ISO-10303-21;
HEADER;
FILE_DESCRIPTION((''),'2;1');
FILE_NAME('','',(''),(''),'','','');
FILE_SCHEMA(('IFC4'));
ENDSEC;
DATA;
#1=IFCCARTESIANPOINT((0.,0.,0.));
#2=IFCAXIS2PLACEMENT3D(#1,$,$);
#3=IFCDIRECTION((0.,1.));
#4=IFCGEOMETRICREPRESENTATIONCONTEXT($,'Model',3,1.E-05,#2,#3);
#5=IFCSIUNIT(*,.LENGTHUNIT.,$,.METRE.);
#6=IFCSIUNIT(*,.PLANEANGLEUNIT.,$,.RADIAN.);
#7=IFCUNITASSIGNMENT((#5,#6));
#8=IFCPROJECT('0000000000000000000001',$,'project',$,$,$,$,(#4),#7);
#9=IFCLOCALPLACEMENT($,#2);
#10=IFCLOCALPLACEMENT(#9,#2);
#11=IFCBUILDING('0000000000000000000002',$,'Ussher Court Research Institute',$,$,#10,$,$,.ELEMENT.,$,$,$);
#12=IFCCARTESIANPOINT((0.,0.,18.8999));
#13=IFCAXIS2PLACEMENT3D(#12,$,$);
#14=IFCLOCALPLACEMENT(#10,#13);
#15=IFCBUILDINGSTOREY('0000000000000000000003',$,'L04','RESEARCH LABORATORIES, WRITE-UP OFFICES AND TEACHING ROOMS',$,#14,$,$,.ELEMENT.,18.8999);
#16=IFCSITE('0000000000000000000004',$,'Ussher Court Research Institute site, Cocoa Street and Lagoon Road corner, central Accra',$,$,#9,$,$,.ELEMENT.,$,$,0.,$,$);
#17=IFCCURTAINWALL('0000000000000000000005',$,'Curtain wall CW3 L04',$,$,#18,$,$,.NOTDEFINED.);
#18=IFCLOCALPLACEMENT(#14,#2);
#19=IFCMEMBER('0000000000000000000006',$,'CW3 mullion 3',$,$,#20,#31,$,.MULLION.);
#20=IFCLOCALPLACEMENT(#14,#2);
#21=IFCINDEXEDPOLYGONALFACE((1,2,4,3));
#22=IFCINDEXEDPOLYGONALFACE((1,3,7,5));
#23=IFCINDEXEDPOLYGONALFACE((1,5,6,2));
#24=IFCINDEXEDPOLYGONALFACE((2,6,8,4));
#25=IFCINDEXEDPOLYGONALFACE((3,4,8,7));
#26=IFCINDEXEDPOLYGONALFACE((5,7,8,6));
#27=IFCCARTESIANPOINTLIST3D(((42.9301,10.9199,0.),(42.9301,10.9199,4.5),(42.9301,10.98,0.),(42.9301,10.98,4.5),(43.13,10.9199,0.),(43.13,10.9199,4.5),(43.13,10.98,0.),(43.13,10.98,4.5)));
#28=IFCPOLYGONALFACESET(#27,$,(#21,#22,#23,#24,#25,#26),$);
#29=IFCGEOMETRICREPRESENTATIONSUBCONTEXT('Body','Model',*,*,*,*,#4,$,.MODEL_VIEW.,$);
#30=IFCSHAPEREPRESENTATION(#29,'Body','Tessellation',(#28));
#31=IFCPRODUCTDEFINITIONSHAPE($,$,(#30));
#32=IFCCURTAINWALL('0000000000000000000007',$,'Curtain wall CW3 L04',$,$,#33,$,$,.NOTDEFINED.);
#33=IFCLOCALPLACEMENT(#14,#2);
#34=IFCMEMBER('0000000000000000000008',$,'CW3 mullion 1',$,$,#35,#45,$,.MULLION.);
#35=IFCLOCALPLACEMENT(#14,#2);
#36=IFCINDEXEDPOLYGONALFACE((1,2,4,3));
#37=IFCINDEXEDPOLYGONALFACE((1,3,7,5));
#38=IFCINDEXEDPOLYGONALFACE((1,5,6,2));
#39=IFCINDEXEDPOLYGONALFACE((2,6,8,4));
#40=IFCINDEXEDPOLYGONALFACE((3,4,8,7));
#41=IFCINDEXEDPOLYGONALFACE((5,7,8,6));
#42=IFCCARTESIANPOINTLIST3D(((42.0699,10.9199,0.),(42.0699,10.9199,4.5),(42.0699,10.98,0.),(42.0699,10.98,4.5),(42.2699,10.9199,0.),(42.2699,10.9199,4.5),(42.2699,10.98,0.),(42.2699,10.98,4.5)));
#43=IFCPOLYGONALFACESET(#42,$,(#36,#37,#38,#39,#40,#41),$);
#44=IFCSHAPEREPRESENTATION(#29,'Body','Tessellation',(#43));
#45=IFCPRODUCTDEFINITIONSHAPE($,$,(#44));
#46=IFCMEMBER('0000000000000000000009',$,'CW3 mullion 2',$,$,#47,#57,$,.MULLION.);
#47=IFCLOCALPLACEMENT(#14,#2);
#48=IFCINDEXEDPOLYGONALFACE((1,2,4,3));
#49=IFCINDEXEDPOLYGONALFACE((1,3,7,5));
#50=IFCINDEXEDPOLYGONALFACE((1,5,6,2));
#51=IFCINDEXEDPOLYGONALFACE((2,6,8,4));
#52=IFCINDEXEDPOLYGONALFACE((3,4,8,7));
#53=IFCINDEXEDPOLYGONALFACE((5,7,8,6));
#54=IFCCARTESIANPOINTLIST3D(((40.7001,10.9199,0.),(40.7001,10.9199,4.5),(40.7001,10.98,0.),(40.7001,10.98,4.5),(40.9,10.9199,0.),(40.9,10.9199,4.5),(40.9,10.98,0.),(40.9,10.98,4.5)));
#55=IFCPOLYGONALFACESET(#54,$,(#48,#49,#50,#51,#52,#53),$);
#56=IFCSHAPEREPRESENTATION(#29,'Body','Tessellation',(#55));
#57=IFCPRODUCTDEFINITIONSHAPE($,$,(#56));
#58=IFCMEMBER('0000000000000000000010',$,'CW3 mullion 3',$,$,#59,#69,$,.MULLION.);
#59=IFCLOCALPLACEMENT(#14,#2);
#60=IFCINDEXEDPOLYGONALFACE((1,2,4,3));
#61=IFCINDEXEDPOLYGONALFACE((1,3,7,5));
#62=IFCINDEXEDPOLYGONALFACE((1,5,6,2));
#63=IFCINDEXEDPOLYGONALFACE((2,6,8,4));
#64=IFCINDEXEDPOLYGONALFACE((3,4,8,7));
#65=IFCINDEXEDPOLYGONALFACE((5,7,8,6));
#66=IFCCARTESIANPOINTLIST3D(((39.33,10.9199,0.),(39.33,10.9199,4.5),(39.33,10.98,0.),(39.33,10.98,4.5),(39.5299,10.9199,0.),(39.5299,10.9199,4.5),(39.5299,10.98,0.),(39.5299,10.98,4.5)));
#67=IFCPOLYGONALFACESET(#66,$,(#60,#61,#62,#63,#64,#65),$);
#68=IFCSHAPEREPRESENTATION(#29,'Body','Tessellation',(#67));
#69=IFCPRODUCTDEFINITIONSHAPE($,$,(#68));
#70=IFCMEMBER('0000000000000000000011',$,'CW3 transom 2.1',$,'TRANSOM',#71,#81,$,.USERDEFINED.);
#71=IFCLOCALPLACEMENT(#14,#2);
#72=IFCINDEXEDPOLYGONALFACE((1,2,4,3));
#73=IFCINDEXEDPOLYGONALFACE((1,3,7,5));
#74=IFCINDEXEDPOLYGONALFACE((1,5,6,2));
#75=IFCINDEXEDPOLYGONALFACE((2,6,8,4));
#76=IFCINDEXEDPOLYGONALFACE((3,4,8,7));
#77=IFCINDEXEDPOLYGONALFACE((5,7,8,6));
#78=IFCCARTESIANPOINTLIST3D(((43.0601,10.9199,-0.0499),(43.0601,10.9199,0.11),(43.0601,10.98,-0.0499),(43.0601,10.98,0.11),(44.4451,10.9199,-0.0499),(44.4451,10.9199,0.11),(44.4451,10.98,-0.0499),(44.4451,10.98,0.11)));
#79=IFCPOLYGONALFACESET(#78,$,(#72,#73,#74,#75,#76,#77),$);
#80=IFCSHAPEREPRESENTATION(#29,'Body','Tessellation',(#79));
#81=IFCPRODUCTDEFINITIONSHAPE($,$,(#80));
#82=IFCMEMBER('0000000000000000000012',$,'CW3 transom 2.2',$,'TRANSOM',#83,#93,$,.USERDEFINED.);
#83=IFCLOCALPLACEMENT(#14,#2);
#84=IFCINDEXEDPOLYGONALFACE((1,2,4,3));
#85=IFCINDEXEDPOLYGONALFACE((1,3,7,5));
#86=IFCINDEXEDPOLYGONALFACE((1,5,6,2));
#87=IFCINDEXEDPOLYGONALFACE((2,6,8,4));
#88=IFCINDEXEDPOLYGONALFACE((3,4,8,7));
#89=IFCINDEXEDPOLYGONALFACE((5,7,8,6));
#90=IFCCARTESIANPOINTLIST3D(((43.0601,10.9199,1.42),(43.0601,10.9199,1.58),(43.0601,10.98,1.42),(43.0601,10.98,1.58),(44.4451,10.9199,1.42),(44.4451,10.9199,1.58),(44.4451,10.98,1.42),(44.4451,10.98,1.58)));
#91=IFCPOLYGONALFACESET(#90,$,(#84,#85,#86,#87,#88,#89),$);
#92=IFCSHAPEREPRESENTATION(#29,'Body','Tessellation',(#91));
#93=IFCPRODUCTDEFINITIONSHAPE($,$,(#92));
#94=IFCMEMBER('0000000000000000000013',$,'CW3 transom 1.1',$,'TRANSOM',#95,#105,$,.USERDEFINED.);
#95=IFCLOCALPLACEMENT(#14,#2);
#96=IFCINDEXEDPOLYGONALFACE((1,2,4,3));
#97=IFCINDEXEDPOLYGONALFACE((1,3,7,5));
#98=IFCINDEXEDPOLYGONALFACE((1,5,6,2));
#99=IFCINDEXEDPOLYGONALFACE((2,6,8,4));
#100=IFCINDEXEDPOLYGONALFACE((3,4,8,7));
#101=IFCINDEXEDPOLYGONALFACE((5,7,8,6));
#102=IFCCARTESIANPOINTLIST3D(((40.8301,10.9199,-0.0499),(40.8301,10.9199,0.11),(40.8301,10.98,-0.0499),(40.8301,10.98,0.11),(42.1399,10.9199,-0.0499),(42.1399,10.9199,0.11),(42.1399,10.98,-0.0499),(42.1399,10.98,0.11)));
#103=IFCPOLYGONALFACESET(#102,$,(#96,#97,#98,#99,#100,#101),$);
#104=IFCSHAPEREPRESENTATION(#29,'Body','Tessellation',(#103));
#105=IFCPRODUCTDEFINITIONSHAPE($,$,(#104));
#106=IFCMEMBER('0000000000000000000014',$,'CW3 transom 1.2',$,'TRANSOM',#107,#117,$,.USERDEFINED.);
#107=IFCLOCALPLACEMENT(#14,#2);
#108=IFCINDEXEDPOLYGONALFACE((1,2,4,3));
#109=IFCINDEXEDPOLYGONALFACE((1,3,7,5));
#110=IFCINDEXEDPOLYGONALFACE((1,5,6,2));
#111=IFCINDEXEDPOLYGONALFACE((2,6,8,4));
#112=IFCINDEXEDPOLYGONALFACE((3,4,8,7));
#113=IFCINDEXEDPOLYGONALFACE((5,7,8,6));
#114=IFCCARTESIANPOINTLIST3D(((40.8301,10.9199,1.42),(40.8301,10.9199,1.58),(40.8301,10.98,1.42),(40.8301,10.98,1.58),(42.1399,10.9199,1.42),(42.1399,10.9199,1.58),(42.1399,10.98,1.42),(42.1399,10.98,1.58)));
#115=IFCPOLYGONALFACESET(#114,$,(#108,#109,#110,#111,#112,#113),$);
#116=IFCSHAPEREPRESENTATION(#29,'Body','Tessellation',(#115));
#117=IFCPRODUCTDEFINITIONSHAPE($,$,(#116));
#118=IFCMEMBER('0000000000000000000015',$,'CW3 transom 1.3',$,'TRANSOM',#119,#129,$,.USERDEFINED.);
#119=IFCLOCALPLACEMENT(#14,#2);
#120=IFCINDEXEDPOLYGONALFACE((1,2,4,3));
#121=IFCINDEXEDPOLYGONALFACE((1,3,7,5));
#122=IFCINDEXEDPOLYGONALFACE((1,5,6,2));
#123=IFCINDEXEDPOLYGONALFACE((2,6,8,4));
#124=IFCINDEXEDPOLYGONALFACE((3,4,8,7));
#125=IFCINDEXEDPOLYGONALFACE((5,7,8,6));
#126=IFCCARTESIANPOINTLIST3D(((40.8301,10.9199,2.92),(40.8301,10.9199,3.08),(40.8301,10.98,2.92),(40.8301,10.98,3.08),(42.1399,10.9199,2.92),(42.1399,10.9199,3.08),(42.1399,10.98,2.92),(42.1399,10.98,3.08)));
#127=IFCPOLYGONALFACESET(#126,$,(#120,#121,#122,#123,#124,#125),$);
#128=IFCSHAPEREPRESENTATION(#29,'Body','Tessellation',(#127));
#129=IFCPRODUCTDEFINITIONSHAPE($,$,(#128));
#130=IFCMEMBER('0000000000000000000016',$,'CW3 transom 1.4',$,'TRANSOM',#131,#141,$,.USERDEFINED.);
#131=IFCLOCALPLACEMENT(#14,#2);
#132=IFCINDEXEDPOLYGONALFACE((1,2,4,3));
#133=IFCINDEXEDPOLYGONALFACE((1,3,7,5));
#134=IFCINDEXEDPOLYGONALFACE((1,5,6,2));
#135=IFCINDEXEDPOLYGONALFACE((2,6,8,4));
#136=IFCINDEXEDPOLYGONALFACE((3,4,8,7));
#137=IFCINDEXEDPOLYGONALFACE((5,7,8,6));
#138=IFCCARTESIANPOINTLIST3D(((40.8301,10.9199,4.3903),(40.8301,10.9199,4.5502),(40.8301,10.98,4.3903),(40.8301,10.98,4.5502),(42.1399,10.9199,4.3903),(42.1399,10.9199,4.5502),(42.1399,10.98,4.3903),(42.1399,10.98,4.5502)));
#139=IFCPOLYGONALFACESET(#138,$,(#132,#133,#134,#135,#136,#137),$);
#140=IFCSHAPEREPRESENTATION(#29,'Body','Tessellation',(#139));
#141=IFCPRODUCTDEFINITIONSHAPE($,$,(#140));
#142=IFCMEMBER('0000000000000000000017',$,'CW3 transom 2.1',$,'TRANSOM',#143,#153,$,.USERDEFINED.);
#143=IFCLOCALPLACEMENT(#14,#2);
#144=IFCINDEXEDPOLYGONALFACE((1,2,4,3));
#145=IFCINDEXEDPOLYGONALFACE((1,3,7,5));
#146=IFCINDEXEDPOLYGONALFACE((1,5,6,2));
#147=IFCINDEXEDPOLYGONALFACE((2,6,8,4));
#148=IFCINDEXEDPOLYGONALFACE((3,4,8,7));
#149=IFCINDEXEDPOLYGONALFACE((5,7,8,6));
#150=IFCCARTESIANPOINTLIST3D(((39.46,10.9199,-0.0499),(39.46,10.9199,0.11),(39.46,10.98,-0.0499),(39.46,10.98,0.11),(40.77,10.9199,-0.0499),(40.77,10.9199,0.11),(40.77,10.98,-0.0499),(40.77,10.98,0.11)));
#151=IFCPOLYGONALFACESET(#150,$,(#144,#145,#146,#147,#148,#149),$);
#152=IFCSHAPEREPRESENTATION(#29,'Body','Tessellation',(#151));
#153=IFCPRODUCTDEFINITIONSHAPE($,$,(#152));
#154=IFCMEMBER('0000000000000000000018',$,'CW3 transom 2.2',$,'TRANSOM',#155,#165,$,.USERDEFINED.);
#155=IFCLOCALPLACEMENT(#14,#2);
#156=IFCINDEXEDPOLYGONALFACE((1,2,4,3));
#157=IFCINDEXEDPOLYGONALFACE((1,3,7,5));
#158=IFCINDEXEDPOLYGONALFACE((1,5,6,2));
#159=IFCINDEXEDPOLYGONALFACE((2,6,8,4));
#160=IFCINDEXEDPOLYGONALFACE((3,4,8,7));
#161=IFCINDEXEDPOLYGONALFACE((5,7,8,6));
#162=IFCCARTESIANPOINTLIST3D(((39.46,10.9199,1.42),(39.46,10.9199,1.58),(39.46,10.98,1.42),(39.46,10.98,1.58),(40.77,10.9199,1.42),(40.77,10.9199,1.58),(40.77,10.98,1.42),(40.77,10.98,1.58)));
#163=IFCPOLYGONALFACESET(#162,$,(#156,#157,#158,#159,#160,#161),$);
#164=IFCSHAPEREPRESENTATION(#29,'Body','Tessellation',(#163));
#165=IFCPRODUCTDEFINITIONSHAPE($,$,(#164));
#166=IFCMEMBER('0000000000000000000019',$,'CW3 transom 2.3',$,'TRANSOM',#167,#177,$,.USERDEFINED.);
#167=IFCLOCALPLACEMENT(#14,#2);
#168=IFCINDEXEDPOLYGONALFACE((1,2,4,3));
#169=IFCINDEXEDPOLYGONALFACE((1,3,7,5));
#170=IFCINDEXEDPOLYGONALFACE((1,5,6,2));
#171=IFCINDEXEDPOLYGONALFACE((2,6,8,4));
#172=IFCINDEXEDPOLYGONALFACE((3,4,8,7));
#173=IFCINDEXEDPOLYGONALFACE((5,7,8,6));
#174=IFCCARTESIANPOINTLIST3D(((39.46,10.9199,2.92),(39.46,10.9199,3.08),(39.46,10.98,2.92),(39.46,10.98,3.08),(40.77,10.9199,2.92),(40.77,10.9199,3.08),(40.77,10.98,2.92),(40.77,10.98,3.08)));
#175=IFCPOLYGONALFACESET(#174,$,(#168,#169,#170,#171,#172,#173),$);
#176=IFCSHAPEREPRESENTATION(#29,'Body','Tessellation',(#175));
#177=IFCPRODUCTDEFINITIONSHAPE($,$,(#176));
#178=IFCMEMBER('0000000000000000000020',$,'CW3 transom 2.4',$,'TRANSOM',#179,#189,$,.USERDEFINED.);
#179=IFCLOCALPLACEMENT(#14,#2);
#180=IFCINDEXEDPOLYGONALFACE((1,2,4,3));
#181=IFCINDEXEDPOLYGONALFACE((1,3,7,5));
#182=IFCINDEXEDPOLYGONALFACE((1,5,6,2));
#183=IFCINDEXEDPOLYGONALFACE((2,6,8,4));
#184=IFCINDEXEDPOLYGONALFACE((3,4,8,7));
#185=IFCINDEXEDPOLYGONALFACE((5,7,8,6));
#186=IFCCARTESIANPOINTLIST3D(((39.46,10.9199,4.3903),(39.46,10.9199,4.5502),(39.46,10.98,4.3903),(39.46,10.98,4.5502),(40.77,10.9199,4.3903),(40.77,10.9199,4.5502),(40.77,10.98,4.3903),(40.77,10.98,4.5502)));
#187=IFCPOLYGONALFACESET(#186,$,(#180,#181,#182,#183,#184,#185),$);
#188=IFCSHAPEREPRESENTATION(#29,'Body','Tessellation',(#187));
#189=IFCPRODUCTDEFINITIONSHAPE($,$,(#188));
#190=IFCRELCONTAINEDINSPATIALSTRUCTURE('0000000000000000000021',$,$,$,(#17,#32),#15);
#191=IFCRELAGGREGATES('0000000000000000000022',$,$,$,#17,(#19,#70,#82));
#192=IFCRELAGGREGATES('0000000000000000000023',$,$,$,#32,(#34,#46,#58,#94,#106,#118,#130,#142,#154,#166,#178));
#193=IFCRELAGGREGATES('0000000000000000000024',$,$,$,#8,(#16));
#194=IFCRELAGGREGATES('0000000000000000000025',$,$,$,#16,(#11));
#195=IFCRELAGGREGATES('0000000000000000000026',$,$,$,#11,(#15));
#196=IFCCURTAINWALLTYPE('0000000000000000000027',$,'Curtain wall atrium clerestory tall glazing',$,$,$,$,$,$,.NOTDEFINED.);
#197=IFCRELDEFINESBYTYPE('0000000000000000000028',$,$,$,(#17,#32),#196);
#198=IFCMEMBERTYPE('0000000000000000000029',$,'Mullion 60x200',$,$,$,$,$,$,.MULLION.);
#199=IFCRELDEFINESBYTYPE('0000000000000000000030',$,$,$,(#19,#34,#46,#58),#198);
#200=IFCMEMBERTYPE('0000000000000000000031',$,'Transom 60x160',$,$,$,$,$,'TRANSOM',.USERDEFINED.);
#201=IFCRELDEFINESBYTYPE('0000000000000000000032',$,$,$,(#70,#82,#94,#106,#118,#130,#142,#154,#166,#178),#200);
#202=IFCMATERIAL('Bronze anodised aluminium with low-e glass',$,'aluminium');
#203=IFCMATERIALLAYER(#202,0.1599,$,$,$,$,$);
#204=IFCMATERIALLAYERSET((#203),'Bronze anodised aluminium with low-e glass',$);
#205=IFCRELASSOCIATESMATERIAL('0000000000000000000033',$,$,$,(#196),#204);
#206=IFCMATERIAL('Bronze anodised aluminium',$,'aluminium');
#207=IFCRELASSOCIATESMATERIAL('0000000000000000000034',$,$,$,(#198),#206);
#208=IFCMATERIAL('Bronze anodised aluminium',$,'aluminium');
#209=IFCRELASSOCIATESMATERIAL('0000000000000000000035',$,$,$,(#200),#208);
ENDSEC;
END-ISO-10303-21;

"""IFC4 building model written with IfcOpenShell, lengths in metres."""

from ifc_helpers import new_model, si_unit, direction, frame, origin, origin_2d, place, context, subcontext, project, spatial, rectangle, extrude, material, layer, layer_set, material_profile, profile_set, type_object, element, aggregate, save


model = new_model("IFC4")

# Units and contexts
model_context = context("Model", 3, precision=1e-05, world=origin(), true_north=direction((0.0, 1.0)))
body_context = subcontext(model_context, "Body", "Model", "MODEL_VIEW")
ifc_project = project(units=[si_unit("LENGTHUNIT", "METRE"), si_unit("PLANEANGLEUNIT", "RADIAN")], contexts=[model_context])

# Site, building, storey
site_placement = place(None, origin())
site = spatial("IfcSite", under=ifc_project, at=site_placement, Name="Ussher Court Research Institute site, Cocoa Street and Lagoon Road corner, central Accra", CompositionType="ELEMENT", RefElevation=0.0)
building_placement = place(site_placement, origin())
building = spatial("IfcBuilding", under=site, at=building_placement, Name="Ussher Court Research Institute", CompositionType="ELEMENT")
storey_placement = place(building_placement, frame((0.0, 0.0, 18.8999)))
storey = spatial("IfcBuildingStorey", under=building, at=storey_placement, Name="L04", Description="RESEARCH LABORATORIES, WRITE-UP OFFICES AND TEACHING ROOMS", CompositionType="ELEMENT", Elevation=18.8999)

# Curtain wall, member
ifc_material_1 = material(Name="Bronze anodised aluminium with low-e glass", Category="aluminium")
ifc_layer_1 = layer(ifc_material_1, 0.1599)
ifc_layer_set_1 = layer_set([ifc_layer_1], Name="Bronze anodised aluminium with low-e glass")
curtain_wall_type = type_object("IfcCurtainWallType", Name="Curtain wall atrium clerestory tall glazing", PredefinedType="NOTDEFINED", material=ifc_layer_set_1)
curtain_wall_1_placement = place(storey_placement, origin())
curtain_wall_1 = element("IfcCurtainWall", 1, at=curtain_wall_1_placement, inside=storey, type_object=curtain_wall_type, Name="Curtain wall CW3 L04", PredefinedType="NOTDEFINED")
ifc_material_2 = material(Name="Bronze anodised aluminium", Category="aluminium")
ifc_material_profile_1 = material_profile(ifc_material_2, rectangle(XDim=0.0601, YDim=0.2, at=origin_2d()), Name="Mullion 60x200")
ifc_profile_set_1 = profile_set([ifc_material_profile_1], Name="Bronze anodised aluminium")
member_type_1 = type_object("IfcMemberType", Name="Mullion 60x200", PredefinedType="MULLION", material=ifc_profile_set_1)
member_1_placement = place(storey_placement, frame((43.03, 10.95, 0.0), z_axis=(0.0, 0.0, 1.0), x_axis=(0.0, -1.0, 0.0)))
member_1 = element("IfcMember", 2, at=member_1_placement, type_object=member_type_1, Name="CW3 mullion 3", PredefinedType="MULLION", context=body_context, shape_type="SweptSolid", body=[
    extrude(rectangle(XDim=0.0601, YDim=0.2, at=origin_2d()), origin(), (0.0, 0.0, 1.0), 4.5),
])

# Curtain wall, members
curtain_wall_2_placement = place(storey_placement, origin())
curtain_wall_2 = element("IfcCurtainWall", 3, at=curtain_wall_2_placement, inside=storey, type_object=curtain_wall_type, Name="Curtain wall CW3 L04", PredefinedType="NOTDEFINED")
member_2_placement = place(storey_placement, frame((42.1699, 10.95, 0.0), z_axis=(0.0, 0.0, 1.0), x_axis=(0.0, -1.0, 0.0)))
member_2 = element("IfcMember", 4, at=member_2_placement, type_object=member_type_1, Name="CW3 mullion 1", PredefinedType="MULLION", context=body_context, shape_type="SweptSolid", body=[
    extrude(rectangle(XDim=0.0601, YDim=0.2, at=origin_2d()), origin(), (0.0, 0.0, 1.0), 4.5),
])
member_3_placement = place(storey_placement, frame((40.8, 10.95, 0.0), z_axis=(0.0, 0.0, 1.0), x_axis=(0.0, -1.0, 0.0)))
member_3 = element("IfcMember", 5, at=member_3_placement, type_object=member_type_1, Name="CW3 mullion 2", PredefinedType="MULLION", context=body_context, shape_type="SweptSolid", body=[
    extrude(rectangle(XDim=0.0601, YDim=0.2, at=origin_2d()), origin(), (0.0, 0.0, 1.0), 4.5),
])
member_4_placement = place(storey_placement, frame((39.4299, 10.95, 0.0), z_axis=(0.0, 0.0, 1.0), x_axis=(0.0, -1.0, 0.0)))
member_4 = element("IfcMember", 6, at=member_4_placement, type_object=member_type_1, Name="CW3 mullion 3", PredefinedType="MULLION", context=body_context, shape_type="SweptSolid", body=[
    extrude(rectangle(XDim=0.0601, YDim=0.2, at=origin_2d()), origin(), (0.0, 0.0, 1.0), 4.5),
])

# Members
ifc_material_3 = material(Name="Bronze anodised aluminium", Category="aluminium")
ifc_material_profile_2 = material_profile(ifc_material_3, rectangle(XDim=0.0601, YDim=0.1599, at=origin_2d()), Name="Transom 60x160")
ifc_profile_set_2 = profile_set([ifc_material_profile_2], Name="Bronze anodised aluminium")
member_type_2 = type_object("IfcMemberType", Name="Transom 60x160", ElementType="TRANSOM", PredefinedType="USERDEFINED", material=ifc_profile_set_2)
member_5_placement = place(storey_placement, frame((44.4451, 10.95, 0.03), z_axis=(-1.0, 0.0, 0.0), x_axis=(0.0, -1.0, 0.0)))
member_5 = element("IfcMember", 7, at=member_5_placement, type_object=member_type_2, Name="CW3 transom 2.1", ObjectType="TRANSOM", PredefinedType="USERDEFINED", context=body_context, shape_type="SweptSolid", body=[
    extrude(rectangle(XDim=0.0601, YDim=0.1599, at=origin_2d()), origin(), (0.0, 0.0, 1.0), 1.385),
])
member_6_placement = place(storey_placement, frame((44.4451, 10.95, 1.5), z_axis=(-1.0, 0.0, 0.0), x_axis=(0.0, -1.0, 0.0)))
member_6 = element("IfcMember", 8, at=member_6_placement, type_object=member_type_2, Name="CW3 transom 2.2", ObjectType="TRANSOM", PredefinedType="USERDEFINED", context=body_context, shape_type="SweptSolid", body=[
    extrude(rectangle(XDim=0.0601, YDim=0.1599, at=origin_2d()), origin(), (0.0, 0.0, 1.0), 1.385),
])
member_7_placement = place(storey_placement, frame((42.1399, 10.95, 0.03), z_axis=(-1.0, 0.0, 0.0), x_axis=(0.0, -1.0, 0.0)))
member_7 = element("IfcMember", 9, at=member_7_placement, type_object=member_type_2, Name="CW3 transom 1.1", ObjectType="TRANSOM", PredefinedType="USERDEFINED", context=body_context, shape_type="SweptSolid", body=[
    extrude(rectangle(XDim=0.0601, YDim=0.1599, at=origin_2d()), origin(), (0.0, 0.0, 1.0), 1.3098),
])
member_8_placement = place(storey_placement, frame((42.1399, 10.95, 1.5), z_axis=(-1.0, 0.0, 0.0), x_axis=(0.0, -1.0, 0.0)))
member_8 = element("IfcMember", 10, at=member_8_placement, type_object=member_type_2, Name="CW3 transom 1.2", ObjectType="TRANSOM", PredefinedType="USERDEFINED", context=body_context, shape_type="SweptSolid", body=[
    extrude(rectangle(XDim=0.0601, YDim=0.1599, at=origin_2d()), origin(), (0.0, 0.0, 1.0), 1.3098),
])
member_9_placement = place(storey_placement, frame((42.1399, 10.95, 3.0), z_axis=(-1.0, 0.0, 0.0), x_axis=(0.0, -1.0, 0.0)))
member_9 = element("IfcMember", 11, at=member_9_placement, type_object=member_type_2, Name="CW3 transom 1.3", ObjectType="TRANSOM", PredefinedType="USERDEFINED", context=body_context, shape_type="SweptSolid", body=[
    extrude(rectangle(XDim=0.0601, YDim=0.1599, at=origin_2d()), origin(), (0.0, 0.0, 1.0), 1.3098),
])
member_10_placement = place(storey_placement, frame((42.1399, 10.95, 4.4702), z_axis=(-1.0, 0.0, 0.0), x_axis=(0.0, -1.0, 0.0)))
member_10 = element("IfcMember", 12, at=member_10_placement, type_object=member_type_2, Name="CW3 transom 1.4", ObjectType="TRANSOM", PredefinedType="USERDEFINED", context=body_context, shape_type="SweptSolid", body=[
    extrude(rectangle(XDim=0.0601, YDim=0.1599, at=origin_2d()), origin(), (0.0, 0.0, 1.0), 1.3098),
])
member_11_placement = place(storey_placement, frame((40.77, 10.95, 0.03), z_axis=(-1.0, 0.0, 0.0), x_axis=(0.0, -1.0, 0.0)))
member_11 = element("IfcMember", 13, at=member_11_placement, type_object=member_type_2, Name="CW3 transom 2.1", ObjectType="TRANSOM", PredefinedType="USERDEFINED", context=body_context, shape_type="SweptSolid", body=[
    extrude(rectangle(XDim=0.0601, YDim=0.1599, at=origin_2d()), origin(), (0.0, 0.0, 1.0), 1.3101),
])
member_12_placement = place(storey_placement, frame((40.77, 10.95, 1.5), z_axis=(-1.0, 0.0, 0.0), x_axis=(0.0, -1.0, 0.0)))
member_12 = element("IfcMember", 14, at=member_12_placement, type_object=member_type_2, Name="CW3 transom 2.2", ObjectType="TRANSOM", PredefinedType="USERDEFINED", context=body_context, shape_type="SweptSolid", body=[
    extrude(rectangle(XDim=0.0601, YDim=0.1599, at=origin_2d()), origin(), (0.0, 0.0, 1.0), 1.3101),
])
member_13_placement = place(storey_placement, frame((40.77, 10.95, 3.0), z_axis=(-1.0, 0.0, 0.0), x_axis=(0.0, -1.0, 0.0)))
member_13 = element("IfcMember", 15, at=member_13_placement, type_object=member_type_2, Name="CW3 transom 2.3", ObjectType="TRANSOM", PredefinedType="USERDEFINED", context=body_context, shape_type="SweptSolid", body=[
    extrude(rectangle(XDim=0.0601, YDim=0.1599, at=origin_2d()), origin(), (0.0, 0.0, 1.0), 1.3101),
])
member_14_placement = place(storey_placement, frame((40.77, 10.95, 4.4702), z_axis=(-1.0, 0.0, 0.0), x_axis=(0.0, -1.0, 0.0)))
member_14 = element("IfcMember", 16, at=member_14_placement, type_object=member_type_2, Name="CW3 transom 2.4", ObjectType="TRANSOM", PredefinedType="USERDEFINED", context=body_context, shape_type="SweptSolid", body=[
    extrude(rectangle(XDim=0.0601, YDim=0.1599, at=origin_2d()), origin(), (0.0, 0.0, 1.0), 1.3101),
])

aggregate(curtain_wall_1, [member_1, member_5, member_6])
aggregate(curtain_wall_2, [member_2, member_3, member_4, member_7, member_8, member_9, member_10, member_11, member_12, member_13, member_14])

save(model, "model.ifc")
